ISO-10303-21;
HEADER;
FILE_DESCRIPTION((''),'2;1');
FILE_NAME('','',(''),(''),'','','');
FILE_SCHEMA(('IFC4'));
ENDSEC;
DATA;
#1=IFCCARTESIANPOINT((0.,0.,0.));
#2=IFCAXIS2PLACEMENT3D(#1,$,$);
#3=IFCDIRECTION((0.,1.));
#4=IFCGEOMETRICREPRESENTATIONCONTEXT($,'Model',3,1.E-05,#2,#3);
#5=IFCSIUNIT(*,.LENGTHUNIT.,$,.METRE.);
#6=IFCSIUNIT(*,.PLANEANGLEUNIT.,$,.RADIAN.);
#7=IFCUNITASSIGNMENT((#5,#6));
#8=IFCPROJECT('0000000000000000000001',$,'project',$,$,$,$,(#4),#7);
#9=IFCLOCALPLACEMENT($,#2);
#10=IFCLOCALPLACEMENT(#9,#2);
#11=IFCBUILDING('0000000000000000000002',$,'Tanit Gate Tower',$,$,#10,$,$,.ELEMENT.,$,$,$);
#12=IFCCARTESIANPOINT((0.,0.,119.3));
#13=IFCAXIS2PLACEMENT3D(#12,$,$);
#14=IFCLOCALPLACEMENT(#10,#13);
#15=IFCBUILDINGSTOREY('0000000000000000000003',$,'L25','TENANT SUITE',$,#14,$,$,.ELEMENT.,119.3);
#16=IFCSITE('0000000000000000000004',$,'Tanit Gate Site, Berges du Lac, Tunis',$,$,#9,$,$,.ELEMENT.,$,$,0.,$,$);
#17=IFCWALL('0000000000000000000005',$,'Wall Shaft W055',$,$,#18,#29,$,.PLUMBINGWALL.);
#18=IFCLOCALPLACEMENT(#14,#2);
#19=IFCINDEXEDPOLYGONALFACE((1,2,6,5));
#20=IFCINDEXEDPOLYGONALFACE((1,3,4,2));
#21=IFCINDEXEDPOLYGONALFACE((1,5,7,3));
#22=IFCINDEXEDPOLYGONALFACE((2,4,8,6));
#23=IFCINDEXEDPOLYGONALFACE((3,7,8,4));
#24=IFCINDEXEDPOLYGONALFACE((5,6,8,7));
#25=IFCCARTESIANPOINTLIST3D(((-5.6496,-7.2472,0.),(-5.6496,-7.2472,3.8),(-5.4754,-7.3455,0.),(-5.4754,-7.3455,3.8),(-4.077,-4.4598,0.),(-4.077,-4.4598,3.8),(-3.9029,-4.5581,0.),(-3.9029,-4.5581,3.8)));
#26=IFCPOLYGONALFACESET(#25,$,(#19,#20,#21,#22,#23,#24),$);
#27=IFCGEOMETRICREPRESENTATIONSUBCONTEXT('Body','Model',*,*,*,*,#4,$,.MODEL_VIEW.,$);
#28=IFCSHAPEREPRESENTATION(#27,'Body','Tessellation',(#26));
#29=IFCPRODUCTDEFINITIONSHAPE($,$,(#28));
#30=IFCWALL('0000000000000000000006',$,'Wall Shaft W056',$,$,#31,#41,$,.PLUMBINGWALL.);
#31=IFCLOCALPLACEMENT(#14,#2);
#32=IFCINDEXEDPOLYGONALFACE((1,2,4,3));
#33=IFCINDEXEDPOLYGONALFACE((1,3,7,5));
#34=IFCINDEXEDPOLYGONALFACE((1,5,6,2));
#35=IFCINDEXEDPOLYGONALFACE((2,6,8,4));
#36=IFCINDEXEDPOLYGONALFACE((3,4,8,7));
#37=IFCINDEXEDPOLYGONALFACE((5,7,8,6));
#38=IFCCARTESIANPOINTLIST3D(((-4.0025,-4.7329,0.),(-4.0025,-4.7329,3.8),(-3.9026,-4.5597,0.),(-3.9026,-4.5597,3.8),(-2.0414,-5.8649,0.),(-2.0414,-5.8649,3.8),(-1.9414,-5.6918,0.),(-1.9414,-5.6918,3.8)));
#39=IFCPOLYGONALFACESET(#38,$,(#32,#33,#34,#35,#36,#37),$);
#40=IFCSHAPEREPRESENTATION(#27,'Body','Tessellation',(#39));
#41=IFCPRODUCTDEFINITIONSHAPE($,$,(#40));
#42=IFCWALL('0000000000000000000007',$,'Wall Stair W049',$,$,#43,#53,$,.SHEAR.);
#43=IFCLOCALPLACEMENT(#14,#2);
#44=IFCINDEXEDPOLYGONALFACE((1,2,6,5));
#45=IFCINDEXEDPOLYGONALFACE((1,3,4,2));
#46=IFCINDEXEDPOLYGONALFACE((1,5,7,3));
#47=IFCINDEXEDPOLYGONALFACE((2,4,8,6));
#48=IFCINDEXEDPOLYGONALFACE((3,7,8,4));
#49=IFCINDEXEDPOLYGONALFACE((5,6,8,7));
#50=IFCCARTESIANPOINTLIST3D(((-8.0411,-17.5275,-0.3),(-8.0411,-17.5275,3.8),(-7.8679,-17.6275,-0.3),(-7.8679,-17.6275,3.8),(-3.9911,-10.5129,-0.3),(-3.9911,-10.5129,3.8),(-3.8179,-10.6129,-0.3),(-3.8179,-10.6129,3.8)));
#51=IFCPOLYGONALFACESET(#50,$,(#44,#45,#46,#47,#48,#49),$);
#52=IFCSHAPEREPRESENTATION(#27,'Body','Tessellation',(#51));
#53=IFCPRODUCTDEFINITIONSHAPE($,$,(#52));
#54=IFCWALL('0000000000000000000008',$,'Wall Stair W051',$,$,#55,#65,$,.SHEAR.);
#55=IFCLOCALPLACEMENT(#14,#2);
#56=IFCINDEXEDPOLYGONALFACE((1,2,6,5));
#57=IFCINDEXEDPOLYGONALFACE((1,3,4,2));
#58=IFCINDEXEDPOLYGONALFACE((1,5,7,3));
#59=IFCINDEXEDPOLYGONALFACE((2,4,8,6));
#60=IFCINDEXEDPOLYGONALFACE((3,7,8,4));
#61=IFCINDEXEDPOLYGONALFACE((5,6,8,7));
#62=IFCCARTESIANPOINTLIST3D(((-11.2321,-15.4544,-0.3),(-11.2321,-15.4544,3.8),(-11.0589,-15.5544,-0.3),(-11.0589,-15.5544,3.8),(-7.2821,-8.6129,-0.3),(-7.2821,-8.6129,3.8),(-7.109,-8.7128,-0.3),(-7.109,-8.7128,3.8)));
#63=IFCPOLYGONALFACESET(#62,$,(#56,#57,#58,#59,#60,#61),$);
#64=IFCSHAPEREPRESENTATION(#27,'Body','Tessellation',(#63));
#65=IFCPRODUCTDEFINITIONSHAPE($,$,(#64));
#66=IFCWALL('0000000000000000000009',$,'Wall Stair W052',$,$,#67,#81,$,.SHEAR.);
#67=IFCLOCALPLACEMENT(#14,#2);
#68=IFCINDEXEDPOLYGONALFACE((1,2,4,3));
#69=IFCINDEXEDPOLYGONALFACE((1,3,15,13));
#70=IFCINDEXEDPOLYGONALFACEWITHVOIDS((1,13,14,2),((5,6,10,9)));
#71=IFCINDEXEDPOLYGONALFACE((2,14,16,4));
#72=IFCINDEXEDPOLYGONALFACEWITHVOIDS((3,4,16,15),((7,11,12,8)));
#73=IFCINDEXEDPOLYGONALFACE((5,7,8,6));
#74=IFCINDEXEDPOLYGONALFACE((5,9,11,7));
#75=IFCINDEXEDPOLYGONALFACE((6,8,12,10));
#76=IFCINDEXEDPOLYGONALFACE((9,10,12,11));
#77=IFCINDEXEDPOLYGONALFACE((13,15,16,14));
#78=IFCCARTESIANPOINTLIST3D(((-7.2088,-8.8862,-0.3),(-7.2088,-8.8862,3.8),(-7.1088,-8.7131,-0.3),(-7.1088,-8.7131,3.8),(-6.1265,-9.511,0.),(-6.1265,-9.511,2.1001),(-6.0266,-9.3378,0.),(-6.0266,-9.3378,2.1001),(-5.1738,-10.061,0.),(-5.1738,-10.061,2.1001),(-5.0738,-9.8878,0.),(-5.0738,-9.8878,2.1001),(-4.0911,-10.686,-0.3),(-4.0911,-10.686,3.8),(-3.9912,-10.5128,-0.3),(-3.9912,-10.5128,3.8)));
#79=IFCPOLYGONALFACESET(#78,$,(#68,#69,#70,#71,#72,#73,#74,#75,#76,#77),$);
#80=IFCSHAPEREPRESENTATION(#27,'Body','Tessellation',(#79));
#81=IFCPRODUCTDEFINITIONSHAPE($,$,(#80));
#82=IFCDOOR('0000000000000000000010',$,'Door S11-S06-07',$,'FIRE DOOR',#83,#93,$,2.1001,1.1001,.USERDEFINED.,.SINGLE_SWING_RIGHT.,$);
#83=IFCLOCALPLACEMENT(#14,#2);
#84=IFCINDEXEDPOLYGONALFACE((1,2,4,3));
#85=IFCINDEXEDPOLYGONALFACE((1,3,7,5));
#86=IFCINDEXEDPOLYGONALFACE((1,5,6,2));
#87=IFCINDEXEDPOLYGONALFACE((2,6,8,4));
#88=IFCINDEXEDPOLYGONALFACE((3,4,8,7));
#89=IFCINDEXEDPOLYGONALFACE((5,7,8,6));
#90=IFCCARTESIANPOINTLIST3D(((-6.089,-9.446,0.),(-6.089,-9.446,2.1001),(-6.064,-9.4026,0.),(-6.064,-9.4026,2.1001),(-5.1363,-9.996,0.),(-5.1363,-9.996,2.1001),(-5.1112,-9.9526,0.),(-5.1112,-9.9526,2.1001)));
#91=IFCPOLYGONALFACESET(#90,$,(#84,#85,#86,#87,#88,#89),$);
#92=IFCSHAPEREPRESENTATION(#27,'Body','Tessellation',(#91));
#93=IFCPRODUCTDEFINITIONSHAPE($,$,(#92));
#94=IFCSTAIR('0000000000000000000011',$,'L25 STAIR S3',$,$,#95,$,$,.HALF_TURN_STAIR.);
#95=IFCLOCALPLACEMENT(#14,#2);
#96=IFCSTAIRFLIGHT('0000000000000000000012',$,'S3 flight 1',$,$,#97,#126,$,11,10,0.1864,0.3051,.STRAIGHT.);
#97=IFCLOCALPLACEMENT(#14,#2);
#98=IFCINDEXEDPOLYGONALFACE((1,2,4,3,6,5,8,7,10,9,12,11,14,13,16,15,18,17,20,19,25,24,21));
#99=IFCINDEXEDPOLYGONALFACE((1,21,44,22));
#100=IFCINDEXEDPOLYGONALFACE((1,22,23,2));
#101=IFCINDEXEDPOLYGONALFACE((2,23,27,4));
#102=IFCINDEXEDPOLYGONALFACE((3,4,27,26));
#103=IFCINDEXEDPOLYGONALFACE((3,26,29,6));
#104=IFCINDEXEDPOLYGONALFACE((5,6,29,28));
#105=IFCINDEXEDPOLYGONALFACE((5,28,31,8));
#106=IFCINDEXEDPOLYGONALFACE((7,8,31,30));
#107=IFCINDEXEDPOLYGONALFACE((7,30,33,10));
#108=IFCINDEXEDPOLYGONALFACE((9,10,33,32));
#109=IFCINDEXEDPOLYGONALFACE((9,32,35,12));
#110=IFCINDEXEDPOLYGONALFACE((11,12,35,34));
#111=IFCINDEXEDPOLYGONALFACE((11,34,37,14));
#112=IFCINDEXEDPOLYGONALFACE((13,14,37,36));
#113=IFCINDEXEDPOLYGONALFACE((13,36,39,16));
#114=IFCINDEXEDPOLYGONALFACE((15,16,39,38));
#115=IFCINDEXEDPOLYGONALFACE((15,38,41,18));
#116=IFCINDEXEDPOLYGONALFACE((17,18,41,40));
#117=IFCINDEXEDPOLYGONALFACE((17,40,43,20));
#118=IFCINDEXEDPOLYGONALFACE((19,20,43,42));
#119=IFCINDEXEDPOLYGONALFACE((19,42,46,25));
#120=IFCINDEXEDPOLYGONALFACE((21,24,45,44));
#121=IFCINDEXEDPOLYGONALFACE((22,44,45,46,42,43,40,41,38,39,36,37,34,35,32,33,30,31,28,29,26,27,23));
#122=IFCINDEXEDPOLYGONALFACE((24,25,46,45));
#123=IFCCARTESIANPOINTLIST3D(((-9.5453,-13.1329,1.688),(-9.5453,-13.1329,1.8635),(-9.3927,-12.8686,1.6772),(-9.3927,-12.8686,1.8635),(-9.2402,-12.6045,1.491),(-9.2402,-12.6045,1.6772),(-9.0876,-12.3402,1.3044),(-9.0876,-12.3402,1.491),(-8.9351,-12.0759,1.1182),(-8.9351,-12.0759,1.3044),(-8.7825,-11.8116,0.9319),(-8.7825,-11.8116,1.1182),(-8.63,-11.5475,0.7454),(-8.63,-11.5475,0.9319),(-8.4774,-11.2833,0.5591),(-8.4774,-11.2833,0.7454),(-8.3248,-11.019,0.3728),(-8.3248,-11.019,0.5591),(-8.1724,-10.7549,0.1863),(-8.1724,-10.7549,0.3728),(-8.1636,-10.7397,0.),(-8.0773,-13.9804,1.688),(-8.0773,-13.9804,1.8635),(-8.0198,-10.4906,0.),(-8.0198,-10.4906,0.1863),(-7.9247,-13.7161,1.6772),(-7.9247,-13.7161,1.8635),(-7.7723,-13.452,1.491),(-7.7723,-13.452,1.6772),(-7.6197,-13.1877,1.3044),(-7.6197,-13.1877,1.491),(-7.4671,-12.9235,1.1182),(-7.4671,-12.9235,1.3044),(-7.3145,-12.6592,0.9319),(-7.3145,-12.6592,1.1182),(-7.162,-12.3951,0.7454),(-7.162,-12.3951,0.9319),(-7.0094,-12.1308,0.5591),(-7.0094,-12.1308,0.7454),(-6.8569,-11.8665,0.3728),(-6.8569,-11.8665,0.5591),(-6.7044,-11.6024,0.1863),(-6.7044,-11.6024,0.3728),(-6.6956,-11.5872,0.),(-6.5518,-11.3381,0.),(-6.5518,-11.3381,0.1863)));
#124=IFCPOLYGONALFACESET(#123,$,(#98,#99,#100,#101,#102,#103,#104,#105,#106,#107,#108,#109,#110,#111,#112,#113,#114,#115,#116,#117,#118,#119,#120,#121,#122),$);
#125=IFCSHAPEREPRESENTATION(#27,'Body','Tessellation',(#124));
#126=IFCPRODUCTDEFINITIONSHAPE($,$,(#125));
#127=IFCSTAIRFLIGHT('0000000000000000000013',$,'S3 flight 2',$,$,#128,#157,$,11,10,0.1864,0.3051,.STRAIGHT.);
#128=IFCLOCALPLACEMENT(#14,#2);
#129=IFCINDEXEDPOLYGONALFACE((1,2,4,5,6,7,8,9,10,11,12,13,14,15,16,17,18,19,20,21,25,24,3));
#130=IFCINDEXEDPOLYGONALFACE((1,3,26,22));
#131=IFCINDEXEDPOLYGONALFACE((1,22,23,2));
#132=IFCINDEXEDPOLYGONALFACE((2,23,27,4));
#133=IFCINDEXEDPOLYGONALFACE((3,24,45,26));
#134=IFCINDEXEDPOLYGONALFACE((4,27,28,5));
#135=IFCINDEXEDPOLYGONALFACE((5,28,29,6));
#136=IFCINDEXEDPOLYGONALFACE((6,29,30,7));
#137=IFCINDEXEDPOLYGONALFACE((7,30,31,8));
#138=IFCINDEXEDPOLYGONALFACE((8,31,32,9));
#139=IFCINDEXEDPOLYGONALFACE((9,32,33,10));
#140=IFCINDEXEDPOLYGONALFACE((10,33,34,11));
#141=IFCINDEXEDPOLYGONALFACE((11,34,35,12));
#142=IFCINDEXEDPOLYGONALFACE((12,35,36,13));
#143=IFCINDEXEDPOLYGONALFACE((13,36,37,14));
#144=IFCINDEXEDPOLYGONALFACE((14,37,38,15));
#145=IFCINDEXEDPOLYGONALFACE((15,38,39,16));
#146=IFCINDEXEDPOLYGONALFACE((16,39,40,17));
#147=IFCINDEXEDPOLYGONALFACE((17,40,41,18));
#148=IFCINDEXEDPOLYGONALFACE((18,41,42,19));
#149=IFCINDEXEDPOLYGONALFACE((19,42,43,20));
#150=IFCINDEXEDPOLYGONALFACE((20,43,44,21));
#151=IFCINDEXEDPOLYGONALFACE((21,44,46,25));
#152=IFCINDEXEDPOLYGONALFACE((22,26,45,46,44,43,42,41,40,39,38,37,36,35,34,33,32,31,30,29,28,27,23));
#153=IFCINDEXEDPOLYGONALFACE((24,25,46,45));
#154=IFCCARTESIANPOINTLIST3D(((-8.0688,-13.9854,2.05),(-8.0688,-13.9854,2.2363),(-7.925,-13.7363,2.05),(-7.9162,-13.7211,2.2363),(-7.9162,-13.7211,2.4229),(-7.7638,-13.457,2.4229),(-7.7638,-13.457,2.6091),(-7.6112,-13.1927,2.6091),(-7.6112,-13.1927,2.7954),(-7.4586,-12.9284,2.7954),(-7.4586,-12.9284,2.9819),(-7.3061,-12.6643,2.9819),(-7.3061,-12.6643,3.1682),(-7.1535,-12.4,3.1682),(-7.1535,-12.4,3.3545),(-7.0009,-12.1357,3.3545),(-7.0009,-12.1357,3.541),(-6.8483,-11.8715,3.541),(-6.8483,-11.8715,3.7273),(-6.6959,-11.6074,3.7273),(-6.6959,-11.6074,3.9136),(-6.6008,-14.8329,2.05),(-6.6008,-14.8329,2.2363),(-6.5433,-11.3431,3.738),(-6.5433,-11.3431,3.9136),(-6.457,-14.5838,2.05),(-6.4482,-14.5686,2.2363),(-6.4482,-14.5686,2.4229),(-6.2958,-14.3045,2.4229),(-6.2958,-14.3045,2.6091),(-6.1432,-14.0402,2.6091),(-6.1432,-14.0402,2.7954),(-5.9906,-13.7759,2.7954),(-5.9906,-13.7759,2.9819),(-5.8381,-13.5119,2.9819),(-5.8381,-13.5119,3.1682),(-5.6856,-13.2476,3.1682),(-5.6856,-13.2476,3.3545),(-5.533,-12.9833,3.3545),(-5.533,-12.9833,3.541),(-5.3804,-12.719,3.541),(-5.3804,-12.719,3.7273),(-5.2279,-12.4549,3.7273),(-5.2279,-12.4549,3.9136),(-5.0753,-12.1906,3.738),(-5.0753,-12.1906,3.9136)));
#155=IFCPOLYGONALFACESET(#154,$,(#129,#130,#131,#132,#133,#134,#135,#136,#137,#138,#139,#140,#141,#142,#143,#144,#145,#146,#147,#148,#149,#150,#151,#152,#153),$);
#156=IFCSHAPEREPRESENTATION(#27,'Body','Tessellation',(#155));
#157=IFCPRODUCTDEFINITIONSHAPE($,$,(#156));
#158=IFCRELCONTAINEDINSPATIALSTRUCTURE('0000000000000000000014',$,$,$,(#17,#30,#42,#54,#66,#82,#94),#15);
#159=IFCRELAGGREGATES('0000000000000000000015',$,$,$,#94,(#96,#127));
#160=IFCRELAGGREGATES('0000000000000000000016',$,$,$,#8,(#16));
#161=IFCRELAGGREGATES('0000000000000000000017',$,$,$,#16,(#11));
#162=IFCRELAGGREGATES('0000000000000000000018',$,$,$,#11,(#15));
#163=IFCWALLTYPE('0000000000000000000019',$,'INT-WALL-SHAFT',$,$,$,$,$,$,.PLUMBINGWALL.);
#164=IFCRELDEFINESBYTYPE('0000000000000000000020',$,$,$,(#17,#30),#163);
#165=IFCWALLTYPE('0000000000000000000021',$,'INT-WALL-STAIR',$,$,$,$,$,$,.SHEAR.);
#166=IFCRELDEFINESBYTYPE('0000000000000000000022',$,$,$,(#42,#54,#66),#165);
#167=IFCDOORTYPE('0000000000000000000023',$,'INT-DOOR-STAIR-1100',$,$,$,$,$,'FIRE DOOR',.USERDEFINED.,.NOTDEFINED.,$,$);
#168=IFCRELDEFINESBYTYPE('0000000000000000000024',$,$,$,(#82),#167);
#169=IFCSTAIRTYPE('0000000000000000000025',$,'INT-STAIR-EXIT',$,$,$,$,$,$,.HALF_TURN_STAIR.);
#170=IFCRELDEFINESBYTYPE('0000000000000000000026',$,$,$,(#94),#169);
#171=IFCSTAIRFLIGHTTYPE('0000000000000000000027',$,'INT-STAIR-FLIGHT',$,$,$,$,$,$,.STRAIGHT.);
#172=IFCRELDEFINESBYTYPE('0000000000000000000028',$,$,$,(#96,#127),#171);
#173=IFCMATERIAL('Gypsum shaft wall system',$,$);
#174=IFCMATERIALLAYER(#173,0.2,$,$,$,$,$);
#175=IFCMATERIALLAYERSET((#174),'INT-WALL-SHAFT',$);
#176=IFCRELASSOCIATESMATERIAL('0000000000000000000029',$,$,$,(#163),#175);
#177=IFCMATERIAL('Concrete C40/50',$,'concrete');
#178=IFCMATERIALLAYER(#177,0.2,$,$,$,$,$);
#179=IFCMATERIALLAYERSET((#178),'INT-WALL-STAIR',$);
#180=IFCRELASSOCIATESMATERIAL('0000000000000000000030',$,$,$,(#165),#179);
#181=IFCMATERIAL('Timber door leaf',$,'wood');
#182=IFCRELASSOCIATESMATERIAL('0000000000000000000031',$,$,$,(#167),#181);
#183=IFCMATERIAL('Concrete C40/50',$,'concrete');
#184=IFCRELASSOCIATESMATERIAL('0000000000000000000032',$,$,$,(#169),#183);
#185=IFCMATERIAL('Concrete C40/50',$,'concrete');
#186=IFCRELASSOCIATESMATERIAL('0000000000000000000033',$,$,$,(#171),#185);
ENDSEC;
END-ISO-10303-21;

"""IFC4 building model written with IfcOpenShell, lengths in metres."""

from ifc_helpers import new_model, si_unit, direction, frame, frame_2d, origin, place, context, subcontext, project, spatial, polyline, rectangle, outline, extrude, material, layer, layer_set, type_object, element, fill, aggregate, save


model = new_model("IFC4")

# Units and contexts
model_context = context("Model", 3, precision=1e-05, world=origin(), true_north=direction((0.0, 1.0)))
body_context = subcontext(model_context, "Body", "Model", "MODEL_VIEW")
ifc_project = project(units=[si_unit("LENGTHUNIT", "METRE"), si_unit("PLANEANGLEUNIT", "RADIAN")], contexts=[model_context])

# Site, building, storey
site_placement = place(None, origin())
site = spatial("IfcSite", under=ifc_project, at=site_placement, Name="Tanit Gate Site, Berges du Lac, Tunis", CompositionType="ELEMENT", RefElevation=0.0)
building_placement = place(site_placement, origin())
building = spatial("IfcBuilding", under=site, at=building_placement, Name="Tanit Gate Tower", CompositionType="ELEMENT")
storey_placement = place(building_placement, frame((0.0, 0.0, 119.3)))
storey = spatial("IfcBuildingStorey", under=building, at=storey_placement, Name="L25", Description="TENANT SUITE", CompositionType="ELEMENT", Elevation=119.3)

# Shared definitions
ifc_material_1 = material(Name="Gypsum shaft wall system")
ifc_layer_1 = layer(ifc_material_1, 0.2)
ifc_layer_set_1 = layer_set([ifc_layer_1], Name="INT-WALL-SHAFT")
wall_type_1 = type_object("IfcWallType", Name="INT-WALL-SHAFT", PredefinedType="PLUMBINGWALL", material=ifc_layer_set_1)

# Walls
wall_1_placement = place(storey_placement, frame((-3.99, -4.509, 0.0), z_axis=(0.0, 0.0, 1.0), x_axis=(-0.491358, -0.870958, 0.0)))
element("IfcWall", 1, at=wall_1_placement, inside=storey, type_object=wall_type_1, Name="Wall Shaft W055", PredefinedType="PLUMBINGWALL", context=body_context, shape_type="SweptSolid", body=[
    extrude(rectangle(XDim=3.2004, YDim=0.2, at=frame_2d((1.6001, 0.0))), origin(), (0.0, 0.0, 1.0), 3.8),
])
wall_2_placement = place(storey_placement, frame((-3.9526, -4.6462, 0.0), z_axis=(0.0, 0.0, 1.0), x_axis=(0.866065, -0.499931, 0.0)))
element("IfcWall", 2, at=wall_2_placement, inside=storey, type_object=wall_type_1, Name="Wall Shaft W056", PredefinedType="PLUMBINGWALL", context=body_context, shape_type="SweptSolid", body=[
    extrude(rectangle(XDim=2.2644, YDim=0.2, at=frame_2d((1.1323, 0.0))), origin(), (0.0, 0.0, 1.0), 3.8),
])
ifc_material_2 = material(Name="Concrete C40/50", Category="concrete")
ifc_layer_2 = layer(ifc_material_2, 0.2)
ifc_layer_set_2 = layer_set([ifc_layer_2], Name="INT-WALL-STAIR")
wall_type_2 = type_object("IfcWallType", Name="INT-WALL-STAIR", PredefinedType="SHEAR", material=ifc_layer_set_2)
wall_3_placement = place(storey_placement, frame((-3.9045, -10.563, -0.3), z_axis=(0.0, 0.0, 1.0), x_axis=(-0.500013, -0.866018, 0.0)))
element("IfcWall", 3, at=wall_3_placement, inside=storey, type_object=wall_type_2, Name="Wall Stair W049", PredefinedType="SHEAR", context=body_context, shape_type="SweptSolid", body=[
    extrude(rectangle(XDim=8.0999, YDim=0.2, at=frame_2d((4.0498, 0.0))), origin(), (0.0, 0.0, 1.0), 4.1001),
])
wall_4_placement = place(storey_placement, frame((-7.1956, -8.6628, -0.3), z_axis=(0.0, 0.0, 1.0), x_axis=(-0.499998, -0.866027, 0.0)))
element("IfcWall", 4, at=wall_4_placement, inside=storey, type_object=wall_type_2, Name="Wall Stair W051", PredefinedType="SHEAR", context=body_context, shape_type="SweptSolid", body=[
    extrude(rectangle(XDim=7.8999, YDim=0.2, at=frame_2d((3.95, 0.0))), origin(), (0.0, 0.0, 1.0), 4.1001),
])

# Wall, opening, door
wall_5_placement = place(storey_placement, frame((-4.0413, -10.5994, -0.3), z_axis=(0.0, 0.0, 1.0), x_axis=(-0.866048, 0.499961, 0.0)))
wall_5 = element("IfcWall", 5, at=wall_5_placement, inside=storey, type_object=wall_type_2, Name="Wall Stair W052", PredefinedType="SHEAR", context=body_context, shape_type="SweptSolid", body=[
    extrude(rectangle(XDim=3.5999, YDim=0.2, at=frame_2d((1.7998, 0.0))), origin(), (0.0, 0.0, 1.0), 4.1001),
])
opening_1_placement = place(wall_5_placement, frame((1.25, 0.0, 0.3)))
opening_1 = element("IfcOpeningElement", 6, at=opening_1_placement, cuts=wall_5, PredefinedType="OPENING", context=body_context, shape_type="SweptSolid", body=[
    extrude(rectangle(XDim=1.1001, YDim=2.1001, at=frame_2d((0.55, 1.05))), frame((0.0, 0.1099, 0.0), z_axis=(0.0, -1.0, 0.0), x_axis=(1.0, 0.0, 0.0)), (0.0, 0.0, 1.0), 0.22),
])
ifc_material_3 = material(Name="Timber door leaf", Category="wood")
door_type_1 = type_object("IfcDoorType", Name="INT-DOOR-STAIR-1100", ElementType="FIRE DOOR", OperationType="NOTDEFINED", PredefinedType="USERDEFINED", material=ifc_material_3)
door_1_placement = place(opening_1_placement, origin())
door_1 = element("IfcDoor", 7, at=door_1_placement, inside=storey, type_object=door_type_1, Name="Door S11-S06-07", ObjectType="FIRE DOOR", OperationType="SINGLE_SWING_RIGHT", OverallHeight=2.1001, OverallWidth=1.1001, PredefinedType="USERDEFINED", context=body_context, shape_type="SweptSolid", body=[
    extrude(rectangle(XDim=1.1001, YDim=2.1001, at=frame_2d((0.55, 1.05))), frame((0.0, 0.0249, 0.0), z_axis=(0.0, -1.0, 0.0), x_axis=(1.0, 0.0, 0.0)), (0.0, 0.0, 1.0), 0.05),
])
fill(opening_1, door_1)

# Stair, stair flights
ifc_material_4 = material(Name="Concrete C40/50", Category="concrete")
stair_type = type_object("IfcStairType", Name="INT-STAIR-EXIT", PredefinedType="HALF_TURN_STAIR", material=ifc_material_4)
stair_placement = place(storey_placement, origin())
stair = element("IfcStair", 8, at=stair_placement, inside=storey, type_object=stair_type, Name="L25 STAIR S3", PredefinedType="HALF_TURN_STAIR")
ifc_material_5 = material(Name="Concrete C40/50", Category="concrete")
stair_flight_type = type_object("IfcStairFlightType", Name="INT-STAIR-FLIGHT", PredefinedType="STRAIGHT", material=ifc_material_5)
stair_flight_1_placement = place(storey_placement, frame((-7.2859, -10.9143, 0.0), z_axis=(0.0, 0.0, 1.0), x_axis=(-0.5, -0.866025, 0.0)))
stair_flight_1 = element("IfcStairFlight", 9, at=stair_flight_1_placement, type_object=stair_flight_type, Name="S3 flight 1", NumberOfRisers=11, NumberOfTreads=10, PredefinedType="STRAIGHT", RiserHeight=0.1864, TreadLength=0.3051, context=body_context, shape_type="SweptSolid", body=[
    extrude(outline(polyline([(0.0, 0.0), (0.0, 0.1863), (0.3052, 0.1863), (0.3052, 0.3728), (0.6101, 0.3728), (0.6101, 0.5591), (0.9153, 0.5591), (0.9153, 0.7454), (1.2205, 0.7454), (1.2205, 0.9319), (1.5254, 0.9319), (1.5254, 1.1182), (1.8306, 1.1182), (1.8306, 1.3044), (2.1357, 1.3044), (2.1357, 1.491), (2.4409, 1.491), (2.4409, 1.6772), (2.7458, 1.6772), (2.7458, 1.8635), (3.051, 1.8635), (3.051, 2.05), (3.051, 1.688), (0.2876, 0.0), (0.0, 0.0)])), frame((0.0, 0.8477, 0.0), z_axis=(0.0, -1.0, 0.0), x_axis=(1.0, 0.0, 0.0)), (0.0, 0.0, 1.0), 1.6951),
])
stair_flight_2_placement = place(storey_placement, frame((-7.3347, -14.4092, 2.05), z_axis=(0.0, 0.0, 1.0), x_axis=(0.5, 0.866025, 0.0)))
stair_flight_2 = element("IfcStairFlight", 10, at=stair_flight_2_placement, type_object=stair_flight_type, Name="S3 flight 2", NumberOfRisers=11, NumberOfTreads=10, PredefinedType="STRAIGHT", RiserHeight=0.1864, TreadLength=0.3051, context=body_context, shape_type="SweptSolid", body=[
    extrude(outline(polyline([(0.0, 0.0), (0.0, 0.1863), (0.3052, 0.1863), (0.3052, 0.3728), (0.6101, 0.3728), (0.6101, 0.5591), (0.9153, 0.5591), (0.9153, 0.7454), (1.2205, 0.7454), (1.2205, 0.9319), (1.5254, 0.9319), (1.5254, 1.1182), (1.8306, 1.1182), (1.8306, 1.3044), (2.1357, 1.3044), (2.1357, 1.491), (2.4409, 1.491), (2.4409, 1.6772), (2.7458, 1.6772), (2.7458, 1.8635), (3.051, 1.8635), (3.051, 2.05), (3.051, 1.688), (0.2876, 0.0), (0.0, 0.0)])), frame((0.0, 0.8477, 0.0), z_axis=(0.0, -1.0, 0.0), x_axis=(1.0, 0.0, 0.0)), (0.0, 0.0, 1.0), 1.6951),
])
aggregate(stair, [stair_flight_1, stair_flight_2])

save(model, "model.ifc")
